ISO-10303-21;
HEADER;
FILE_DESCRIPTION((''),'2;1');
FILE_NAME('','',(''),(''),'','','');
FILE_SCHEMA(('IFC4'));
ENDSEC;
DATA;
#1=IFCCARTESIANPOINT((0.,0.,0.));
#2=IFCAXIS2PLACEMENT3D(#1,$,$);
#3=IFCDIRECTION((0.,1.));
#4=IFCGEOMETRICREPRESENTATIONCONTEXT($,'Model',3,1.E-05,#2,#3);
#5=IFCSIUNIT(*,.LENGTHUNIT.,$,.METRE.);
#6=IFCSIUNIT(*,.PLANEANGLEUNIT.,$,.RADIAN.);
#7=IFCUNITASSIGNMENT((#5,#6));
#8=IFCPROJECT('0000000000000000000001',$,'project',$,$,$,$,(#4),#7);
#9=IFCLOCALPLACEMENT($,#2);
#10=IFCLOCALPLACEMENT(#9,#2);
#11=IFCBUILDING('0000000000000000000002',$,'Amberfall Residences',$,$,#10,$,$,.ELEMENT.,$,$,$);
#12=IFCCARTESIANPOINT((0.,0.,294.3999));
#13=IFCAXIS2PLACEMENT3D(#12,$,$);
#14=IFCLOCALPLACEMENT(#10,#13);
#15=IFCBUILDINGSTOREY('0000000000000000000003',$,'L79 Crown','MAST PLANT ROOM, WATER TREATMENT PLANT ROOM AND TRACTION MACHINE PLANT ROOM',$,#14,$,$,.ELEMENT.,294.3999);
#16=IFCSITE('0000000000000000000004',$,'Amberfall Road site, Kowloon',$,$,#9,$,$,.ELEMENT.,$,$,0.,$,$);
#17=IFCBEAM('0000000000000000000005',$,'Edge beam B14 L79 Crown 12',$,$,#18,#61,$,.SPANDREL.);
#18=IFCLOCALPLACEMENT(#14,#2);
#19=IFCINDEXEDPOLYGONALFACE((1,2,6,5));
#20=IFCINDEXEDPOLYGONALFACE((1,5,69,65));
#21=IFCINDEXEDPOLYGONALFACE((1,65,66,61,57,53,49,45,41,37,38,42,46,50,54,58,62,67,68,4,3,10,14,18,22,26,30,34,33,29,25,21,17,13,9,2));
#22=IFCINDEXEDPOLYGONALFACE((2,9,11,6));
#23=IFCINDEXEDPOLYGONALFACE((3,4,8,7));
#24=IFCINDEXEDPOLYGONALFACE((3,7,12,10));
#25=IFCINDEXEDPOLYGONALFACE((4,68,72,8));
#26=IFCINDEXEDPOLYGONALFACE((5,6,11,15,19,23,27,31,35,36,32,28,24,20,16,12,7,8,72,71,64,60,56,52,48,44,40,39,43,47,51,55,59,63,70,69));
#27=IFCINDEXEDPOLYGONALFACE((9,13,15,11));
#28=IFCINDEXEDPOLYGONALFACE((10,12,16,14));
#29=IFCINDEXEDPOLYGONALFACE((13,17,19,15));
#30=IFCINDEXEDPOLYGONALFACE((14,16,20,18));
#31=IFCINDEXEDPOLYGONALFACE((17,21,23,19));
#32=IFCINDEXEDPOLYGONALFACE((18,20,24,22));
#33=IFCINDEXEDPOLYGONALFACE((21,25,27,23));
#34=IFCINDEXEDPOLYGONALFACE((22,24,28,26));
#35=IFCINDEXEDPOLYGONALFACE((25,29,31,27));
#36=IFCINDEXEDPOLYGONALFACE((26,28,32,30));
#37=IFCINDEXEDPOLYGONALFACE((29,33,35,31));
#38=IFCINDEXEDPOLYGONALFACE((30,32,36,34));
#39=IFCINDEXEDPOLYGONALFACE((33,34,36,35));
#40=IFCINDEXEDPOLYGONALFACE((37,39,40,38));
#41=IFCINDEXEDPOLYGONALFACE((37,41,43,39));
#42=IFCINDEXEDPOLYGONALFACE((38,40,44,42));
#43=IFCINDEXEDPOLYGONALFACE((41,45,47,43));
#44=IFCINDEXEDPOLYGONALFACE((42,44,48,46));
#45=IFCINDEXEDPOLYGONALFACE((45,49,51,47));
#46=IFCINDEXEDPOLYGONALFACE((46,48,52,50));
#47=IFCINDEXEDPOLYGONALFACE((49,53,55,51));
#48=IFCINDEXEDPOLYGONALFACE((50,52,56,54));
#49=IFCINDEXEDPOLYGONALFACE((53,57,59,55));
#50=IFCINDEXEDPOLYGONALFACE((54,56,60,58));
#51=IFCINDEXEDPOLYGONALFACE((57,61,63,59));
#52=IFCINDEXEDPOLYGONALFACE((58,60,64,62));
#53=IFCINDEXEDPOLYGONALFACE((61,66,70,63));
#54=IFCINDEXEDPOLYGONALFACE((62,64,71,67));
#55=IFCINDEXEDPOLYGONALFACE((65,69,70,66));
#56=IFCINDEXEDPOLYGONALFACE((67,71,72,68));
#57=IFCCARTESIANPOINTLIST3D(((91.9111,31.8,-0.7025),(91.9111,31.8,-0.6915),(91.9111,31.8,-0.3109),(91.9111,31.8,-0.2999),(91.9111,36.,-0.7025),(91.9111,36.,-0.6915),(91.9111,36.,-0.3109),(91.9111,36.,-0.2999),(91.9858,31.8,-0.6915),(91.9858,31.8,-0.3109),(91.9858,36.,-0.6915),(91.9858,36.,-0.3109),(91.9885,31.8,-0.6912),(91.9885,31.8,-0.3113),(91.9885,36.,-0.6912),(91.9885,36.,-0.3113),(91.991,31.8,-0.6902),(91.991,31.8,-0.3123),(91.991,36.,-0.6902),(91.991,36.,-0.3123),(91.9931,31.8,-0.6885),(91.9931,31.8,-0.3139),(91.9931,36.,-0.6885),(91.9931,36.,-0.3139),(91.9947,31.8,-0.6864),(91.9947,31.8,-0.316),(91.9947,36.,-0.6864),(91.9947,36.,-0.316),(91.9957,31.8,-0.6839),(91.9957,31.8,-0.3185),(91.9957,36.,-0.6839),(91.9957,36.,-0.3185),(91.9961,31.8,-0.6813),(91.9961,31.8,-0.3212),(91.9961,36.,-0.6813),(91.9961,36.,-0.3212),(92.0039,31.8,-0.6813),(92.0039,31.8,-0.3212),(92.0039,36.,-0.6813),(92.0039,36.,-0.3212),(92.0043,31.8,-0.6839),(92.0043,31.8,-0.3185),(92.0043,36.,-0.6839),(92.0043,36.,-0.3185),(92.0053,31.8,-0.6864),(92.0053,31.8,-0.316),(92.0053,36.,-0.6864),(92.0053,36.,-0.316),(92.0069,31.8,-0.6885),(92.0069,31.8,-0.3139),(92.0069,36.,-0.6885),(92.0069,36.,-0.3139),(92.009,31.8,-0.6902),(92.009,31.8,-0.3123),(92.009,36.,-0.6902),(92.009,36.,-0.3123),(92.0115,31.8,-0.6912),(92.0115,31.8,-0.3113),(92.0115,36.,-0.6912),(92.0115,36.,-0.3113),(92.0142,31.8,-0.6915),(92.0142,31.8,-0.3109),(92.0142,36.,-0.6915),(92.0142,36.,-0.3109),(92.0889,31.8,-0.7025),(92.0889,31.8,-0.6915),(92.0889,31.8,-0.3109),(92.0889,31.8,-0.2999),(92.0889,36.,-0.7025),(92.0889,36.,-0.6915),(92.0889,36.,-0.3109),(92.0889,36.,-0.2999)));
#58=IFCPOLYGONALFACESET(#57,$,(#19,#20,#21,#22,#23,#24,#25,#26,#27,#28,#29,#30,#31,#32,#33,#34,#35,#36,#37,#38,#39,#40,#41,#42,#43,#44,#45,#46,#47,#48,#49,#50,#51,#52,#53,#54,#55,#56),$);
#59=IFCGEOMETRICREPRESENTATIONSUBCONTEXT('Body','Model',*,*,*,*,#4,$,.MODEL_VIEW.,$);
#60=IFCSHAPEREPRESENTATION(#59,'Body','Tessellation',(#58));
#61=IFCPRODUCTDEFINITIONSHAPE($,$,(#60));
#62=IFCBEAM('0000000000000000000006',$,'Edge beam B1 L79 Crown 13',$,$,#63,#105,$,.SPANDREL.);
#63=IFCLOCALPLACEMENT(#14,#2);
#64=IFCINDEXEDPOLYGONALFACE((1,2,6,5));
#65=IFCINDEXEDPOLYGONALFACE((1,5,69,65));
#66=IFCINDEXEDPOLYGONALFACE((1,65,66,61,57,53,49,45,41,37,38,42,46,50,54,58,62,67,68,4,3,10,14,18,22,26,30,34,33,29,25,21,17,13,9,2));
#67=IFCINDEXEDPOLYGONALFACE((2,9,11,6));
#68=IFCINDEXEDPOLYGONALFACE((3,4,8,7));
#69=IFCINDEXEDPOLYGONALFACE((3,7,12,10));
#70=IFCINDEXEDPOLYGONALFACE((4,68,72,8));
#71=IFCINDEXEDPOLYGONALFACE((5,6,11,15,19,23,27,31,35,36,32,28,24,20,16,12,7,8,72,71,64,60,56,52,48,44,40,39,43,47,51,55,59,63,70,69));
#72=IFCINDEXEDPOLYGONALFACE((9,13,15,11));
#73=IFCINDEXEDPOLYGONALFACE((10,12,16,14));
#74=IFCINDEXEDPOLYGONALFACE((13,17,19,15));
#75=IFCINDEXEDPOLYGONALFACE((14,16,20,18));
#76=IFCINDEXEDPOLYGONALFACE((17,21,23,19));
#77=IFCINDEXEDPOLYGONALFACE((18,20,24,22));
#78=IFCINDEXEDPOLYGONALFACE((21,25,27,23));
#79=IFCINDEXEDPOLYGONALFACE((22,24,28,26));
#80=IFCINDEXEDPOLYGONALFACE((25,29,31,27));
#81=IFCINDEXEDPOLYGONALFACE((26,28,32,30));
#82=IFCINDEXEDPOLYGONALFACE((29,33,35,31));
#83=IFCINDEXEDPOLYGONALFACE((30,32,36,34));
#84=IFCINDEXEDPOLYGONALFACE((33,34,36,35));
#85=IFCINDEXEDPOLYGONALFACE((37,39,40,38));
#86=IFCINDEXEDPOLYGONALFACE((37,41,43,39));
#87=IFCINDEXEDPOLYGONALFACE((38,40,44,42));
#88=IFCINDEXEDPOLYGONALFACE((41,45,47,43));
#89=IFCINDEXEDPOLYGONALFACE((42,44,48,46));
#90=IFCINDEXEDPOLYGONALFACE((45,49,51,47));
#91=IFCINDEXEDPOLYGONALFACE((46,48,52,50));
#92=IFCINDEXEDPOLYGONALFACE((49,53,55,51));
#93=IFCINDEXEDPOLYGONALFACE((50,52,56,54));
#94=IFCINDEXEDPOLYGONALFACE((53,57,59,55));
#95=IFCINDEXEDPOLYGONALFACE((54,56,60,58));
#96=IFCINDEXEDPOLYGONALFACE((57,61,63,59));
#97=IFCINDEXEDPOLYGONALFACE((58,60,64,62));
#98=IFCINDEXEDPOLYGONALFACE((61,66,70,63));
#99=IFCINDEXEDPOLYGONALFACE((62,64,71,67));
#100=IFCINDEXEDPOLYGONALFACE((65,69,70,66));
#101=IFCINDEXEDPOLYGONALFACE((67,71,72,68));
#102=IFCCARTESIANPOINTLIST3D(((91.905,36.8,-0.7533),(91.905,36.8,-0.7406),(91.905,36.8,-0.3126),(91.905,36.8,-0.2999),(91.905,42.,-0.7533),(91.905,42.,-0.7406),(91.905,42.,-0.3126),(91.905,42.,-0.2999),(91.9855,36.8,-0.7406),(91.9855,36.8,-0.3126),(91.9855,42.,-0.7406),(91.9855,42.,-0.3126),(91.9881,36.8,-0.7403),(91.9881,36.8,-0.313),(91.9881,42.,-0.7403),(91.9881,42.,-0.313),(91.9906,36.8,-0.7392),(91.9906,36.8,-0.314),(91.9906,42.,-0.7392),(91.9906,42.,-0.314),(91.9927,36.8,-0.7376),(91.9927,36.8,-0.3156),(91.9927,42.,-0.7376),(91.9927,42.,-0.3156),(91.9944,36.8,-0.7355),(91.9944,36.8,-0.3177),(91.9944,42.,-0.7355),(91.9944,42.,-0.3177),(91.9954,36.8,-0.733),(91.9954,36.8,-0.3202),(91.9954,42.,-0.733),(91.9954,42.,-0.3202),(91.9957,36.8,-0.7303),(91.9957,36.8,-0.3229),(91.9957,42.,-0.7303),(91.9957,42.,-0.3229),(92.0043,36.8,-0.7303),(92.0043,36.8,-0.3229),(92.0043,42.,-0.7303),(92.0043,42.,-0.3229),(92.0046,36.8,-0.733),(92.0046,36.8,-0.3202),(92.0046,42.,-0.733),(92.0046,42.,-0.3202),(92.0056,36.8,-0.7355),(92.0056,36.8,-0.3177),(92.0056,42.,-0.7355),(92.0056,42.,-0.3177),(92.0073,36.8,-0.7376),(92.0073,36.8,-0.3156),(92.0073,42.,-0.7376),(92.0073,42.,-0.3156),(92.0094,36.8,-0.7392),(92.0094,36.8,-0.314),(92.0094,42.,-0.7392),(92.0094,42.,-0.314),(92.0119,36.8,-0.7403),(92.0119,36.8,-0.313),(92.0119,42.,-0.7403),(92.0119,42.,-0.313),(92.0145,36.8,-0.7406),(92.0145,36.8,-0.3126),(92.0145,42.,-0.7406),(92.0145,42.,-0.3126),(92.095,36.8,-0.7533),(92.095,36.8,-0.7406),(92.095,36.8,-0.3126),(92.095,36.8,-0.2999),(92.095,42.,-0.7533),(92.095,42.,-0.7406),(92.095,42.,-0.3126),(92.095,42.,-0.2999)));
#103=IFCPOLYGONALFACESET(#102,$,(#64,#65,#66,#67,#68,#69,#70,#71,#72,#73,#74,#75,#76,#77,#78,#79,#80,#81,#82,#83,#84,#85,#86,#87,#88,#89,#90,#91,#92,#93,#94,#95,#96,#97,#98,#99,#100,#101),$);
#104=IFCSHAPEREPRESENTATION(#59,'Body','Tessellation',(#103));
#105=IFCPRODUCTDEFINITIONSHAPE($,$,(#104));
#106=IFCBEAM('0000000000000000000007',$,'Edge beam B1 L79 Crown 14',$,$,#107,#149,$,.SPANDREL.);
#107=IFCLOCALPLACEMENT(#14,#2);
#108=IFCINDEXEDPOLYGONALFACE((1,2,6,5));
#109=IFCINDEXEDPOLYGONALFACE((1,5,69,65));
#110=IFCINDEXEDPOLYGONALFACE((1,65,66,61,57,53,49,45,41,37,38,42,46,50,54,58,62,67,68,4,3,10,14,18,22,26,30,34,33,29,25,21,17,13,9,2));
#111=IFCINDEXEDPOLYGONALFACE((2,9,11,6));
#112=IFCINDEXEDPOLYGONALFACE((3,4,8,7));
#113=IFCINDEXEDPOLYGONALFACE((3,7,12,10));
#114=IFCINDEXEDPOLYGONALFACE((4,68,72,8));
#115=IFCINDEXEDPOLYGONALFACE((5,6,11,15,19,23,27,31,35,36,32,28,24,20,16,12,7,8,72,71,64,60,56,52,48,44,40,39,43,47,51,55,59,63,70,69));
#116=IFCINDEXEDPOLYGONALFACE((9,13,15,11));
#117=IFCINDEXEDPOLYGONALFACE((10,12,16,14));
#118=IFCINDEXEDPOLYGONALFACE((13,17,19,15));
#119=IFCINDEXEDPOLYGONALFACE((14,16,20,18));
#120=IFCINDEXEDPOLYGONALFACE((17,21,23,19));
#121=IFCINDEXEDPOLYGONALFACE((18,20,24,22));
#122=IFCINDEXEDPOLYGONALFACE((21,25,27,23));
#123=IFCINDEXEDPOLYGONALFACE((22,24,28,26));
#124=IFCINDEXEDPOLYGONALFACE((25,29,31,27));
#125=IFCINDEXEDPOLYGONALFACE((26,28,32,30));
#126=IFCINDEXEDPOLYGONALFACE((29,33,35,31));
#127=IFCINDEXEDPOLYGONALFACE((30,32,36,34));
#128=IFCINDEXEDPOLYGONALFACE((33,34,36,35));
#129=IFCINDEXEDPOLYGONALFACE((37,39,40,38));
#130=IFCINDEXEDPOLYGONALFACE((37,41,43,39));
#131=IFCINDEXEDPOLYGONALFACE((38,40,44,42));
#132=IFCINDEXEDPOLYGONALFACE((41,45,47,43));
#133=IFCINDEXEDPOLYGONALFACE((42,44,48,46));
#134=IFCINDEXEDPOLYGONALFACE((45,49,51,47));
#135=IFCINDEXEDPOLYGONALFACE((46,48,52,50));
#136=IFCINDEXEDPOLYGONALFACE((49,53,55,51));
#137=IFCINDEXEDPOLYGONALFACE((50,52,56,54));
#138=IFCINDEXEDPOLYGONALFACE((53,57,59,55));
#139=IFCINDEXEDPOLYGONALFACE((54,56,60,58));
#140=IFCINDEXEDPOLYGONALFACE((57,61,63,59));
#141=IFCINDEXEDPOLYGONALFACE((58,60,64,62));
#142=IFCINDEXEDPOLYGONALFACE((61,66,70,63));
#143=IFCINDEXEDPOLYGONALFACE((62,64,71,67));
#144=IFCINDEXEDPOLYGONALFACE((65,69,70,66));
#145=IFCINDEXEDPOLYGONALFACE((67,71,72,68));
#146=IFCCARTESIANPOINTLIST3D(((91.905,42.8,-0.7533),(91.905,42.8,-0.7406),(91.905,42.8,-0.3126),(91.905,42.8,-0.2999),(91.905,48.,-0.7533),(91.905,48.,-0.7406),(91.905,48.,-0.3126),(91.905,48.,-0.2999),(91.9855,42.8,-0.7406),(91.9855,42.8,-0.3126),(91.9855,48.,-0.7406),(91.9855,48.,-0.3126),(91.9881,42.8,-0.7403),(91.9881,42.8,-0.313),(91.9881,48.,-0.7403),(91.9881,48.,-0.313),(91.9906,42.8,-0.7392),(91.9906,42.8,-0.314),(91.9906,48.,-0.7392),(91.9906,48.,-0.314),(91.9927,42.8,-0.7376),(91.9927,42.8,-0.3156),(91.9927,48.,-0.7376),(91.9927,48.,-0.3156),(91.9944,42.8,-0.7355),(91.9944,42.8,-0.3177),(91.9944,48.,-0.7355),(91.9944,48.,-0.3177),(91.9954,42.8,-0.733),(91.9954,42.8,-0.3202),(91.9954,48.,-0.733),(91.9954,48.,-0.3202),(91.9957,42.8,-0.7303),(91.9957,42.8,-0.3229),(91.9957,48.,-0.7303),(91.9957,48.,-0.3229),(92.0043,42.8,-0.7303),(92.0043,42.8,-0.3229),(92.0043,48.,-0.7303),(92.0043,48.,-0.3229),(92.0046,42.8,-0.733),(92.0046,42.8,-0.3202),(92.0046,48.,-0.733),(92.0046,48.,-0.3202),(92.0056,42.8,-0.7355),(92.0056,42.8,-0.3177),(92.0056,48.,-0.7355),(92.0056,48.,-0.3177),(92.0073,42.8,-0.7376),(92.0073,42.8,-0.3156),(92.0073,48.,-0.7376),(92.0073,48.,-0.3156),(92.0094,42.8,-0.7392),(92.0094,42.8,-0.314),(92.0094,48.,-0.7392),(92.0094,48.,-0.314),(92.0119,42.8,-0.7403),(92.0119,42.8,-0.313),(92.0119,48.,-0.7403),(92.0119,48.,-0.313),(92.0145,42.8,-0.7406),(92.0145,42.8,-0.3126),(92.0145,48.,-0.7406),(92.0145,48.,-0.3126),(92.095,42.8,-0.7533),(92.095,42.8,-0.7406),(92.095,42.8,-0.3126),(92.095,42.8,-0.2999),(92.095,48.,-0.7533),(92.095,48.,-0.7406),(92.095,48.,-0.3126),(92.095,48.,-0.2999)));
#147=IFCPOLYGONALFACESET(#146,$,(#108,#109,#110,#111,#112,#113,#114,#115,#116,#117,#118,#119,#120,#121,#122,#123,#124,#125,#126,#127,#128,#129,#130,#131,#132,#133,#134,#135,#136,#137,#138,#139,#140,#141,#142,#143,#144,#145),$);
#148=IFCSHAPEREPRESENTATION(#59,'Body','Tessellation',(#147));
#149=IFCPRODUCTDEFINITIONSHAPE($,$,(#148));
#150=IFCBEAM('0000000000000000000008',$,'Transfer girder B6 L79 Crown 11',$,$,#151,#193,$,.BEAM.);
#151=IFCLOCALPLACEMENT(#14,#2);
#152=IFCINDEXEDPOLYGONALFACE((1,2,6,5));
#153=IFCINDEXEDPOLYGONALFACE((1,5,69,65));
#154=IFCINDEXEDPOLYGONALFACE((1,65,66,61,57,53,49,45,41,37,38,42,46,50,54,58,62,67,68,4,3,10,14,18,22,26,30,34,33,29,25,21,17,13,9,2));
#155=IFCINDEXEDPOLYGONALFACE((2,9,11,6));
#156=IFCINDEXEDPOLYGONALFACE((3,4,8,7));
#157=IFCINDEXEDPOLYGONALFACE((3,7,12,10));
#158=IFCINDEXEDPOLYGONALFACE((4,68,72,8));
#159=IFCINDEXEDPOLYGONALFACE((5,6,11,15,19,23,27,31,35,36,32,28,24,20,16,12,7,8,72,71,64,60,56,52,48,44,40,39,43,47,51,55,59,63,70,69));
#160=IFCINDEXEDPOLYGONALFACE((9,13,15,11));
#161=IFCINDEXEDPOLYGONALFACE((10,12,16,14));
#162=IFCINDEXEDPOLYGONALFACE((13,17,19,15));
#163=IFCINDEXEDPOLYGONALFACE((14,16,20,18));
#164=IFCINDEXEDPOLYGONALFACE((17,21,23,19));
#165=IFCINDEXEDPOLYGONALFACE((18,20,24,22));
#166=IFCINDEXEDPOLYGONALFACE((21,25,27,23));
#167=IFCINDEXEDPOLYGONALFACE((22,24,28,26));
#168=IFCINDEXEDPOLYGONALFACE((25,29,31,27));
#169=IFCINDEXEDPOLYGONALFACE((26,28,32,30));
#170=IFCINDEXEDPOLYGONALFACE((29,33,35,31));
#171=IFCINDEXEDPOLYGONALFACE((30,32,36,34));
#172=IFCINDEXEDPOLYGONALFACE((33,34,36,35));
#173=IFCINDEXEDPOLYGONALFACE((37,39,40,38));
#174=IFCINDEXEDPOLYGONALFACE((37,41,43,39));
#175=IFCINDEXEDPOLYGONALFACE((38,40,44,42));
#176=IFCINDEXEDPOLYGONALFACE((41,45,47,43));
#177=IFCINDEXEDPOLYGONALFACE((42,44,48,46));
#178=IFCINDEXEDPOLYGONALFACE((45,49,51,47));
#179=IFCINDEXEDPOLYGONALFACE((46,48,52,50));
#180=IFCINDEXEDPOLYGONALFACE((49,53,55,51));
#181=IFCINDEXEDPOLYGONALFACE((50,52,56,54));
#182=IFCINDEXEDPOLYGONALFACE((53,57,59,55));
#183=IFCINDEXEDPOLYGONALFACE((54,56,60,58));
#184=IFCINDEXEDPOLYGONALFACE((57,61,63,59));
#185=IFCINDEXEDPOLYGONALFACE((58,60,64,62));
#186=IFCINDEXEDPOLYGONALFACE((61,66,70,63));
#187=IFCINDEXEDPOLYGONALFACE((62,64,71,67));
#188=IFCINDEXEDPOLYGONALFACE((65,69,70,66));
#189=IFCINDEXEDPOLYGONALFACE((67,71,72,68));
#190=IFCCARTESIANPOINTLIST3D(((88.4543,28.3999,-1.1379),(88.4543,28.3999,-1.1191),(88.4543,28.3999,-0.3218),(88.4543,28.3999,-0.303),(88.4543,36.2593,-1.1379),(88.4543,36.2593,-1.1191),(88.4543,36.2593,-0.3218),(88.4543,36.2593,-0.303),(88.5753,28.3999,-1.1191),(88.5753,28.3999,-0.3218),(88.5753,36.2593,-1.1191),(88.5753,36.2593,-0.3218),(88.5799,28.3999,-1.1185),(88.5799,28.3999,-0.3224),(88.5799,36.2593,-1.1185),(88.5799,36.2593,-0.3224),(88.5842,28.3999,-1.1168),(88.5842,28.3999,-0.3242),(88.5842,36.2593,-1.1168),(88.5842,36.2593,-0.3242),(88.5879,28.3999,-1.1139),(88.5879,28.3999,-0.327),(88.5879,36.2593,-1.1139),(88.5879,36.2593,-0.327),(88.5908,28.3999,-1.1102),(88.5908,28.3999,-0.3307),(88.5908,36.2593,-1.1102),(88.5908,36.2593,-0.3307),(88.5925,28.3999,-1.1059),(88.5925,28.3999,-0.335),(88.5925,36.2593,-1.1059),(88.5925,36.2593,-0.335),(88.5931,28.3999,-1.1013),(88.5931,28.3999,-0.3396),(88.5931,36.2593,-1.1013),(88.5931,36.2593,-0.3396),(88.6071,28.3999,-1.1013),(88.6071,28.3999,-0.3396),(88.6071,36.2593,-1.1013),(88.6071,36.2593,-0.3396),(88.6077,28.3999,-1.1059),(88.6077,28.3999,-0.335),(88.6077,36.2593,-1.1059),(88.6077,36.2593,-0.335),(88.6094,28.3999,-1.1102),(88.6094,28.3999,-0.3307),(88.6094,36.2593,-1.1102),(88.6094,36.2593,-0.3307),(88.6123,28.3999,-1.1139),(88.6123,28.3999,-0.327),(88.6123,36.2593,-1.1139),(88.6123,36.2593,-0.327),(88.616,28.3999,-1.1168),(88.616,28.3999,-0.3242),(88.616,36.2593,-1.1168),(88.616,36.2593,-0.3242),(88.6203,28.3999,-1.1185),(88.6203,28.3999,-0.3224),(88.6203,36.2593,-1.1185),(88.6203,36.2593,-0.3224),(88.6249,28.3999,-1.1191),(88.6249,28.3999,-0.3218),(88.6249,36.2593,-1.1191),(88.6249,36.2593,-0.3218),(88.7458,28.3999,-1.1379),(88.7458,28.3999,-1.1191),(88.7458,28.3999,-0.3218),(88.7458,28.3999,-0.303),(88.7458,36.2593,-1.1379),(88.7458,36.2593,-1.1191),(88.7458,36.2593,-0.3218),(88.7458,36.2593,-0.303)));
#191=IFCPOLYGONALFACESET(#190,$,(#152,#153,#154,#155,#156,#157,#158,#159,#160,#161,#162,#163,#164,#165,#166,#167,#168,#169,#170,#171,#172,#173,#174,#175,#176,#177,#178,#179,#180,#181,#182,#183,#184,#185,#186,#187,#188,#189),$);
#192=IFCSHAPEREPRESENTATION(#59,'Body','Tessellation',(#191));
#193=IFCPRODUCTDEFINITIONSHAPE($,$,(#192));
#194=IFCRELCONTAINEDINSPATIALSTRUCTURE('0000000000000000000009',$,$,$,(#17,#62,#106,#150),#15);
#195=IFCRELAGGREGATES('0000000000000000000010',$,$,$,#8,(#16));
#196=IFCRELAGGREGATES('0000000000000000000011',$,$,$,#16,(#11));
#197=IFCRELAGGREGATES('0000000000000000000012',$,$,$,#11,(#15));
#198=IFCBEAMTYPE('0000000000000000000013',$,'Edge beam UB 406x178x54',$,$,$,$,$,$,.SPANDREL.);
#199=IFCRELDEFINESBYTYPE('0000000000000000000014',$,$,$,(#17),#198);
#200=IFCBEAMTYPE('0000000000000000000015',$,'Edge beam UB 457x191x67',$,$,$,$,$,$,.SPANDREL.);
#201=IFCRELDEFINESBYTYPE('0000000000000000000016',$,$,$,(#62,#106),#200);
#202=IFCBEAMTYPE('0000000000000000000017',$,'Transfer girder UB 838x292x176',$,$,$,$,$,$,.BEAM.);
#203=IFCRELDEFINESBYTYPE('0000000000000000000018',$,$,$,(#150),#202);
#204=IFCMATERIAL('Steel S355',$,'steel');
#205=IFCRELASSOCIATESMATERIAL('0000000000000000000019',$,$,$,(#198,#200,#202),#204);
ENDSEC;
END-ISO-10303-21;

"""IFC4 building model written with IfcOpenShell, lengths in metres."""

from ifc_helpers import new_model, si_unit, direction, frame, origin, origin_2d, place, context, subcontext, project, spatial, i_section, extrude, material, material_profile, profile_set, type_object, element, save


model = new_model("IFC4")

# Units and contexts
model_context = context("Model", 3, precision=1e-05, world=origin(), true_north=direction((0.0, 1.0)))
body_context = subcontext(model_context, "Body", "Model", "MODEL_VIEW")
ifc_project = project(units=[si_unit("LENGTHUNIT", "METRE"), si_unit("PLANEANGLEUNIT", "RADIAN")], contexts=[model_context])

# Site, building, storey
site_placement = place(None, origin())
site = spatial("IfcSite", under=ifc_project, at=site_placement, Name="Amberfall Road site, Kowloon", CompositionType="ELEMENT", RefElevation=0.0)
building_placement = place(site_placement, origin())
building = spatial("IfcBuilding", under=site, at=building_placement, Name="Amberfall Residences", CompositionType="ELEMENT")
storey_placement = place(building_placement, frame((0.0, 0.0, 294.3999)))
storey = spatial("IfcBuildingStorey", under=building, at=storey_placement, Name="L79 Crown", Description="MAST PLANT ROOM, WATER TREATMENT PLANT ROOM AND TRACTION MACHINE PLANT ROOM", CompositionType="ELEMENT", Elevation=294.3999)

# Beams
ifc_material_1 = material(Name="Steel S355", Category="steel")
ifc_material_profile_1 = material_profile(ifc_material_1, i_section(OverallWidth=0.1777, OverallDepth=0.4026, WebThickness=0.0078, FlangeThickness=0.011, FilletRadius=0.0103, at=origin_2d()), Name="UB 406x178x54")
ifc_profile_set_1 = profile_set([ifc_material_profile_1], Name="Steel S355")
beam_type_1 = type_object("IfcBeamType", Name="Edge beam UB 406x178x54", PredefinedType="SPANDREL", material=ifc_profile_set_1)
for number, where, z_axis, x_axis, name in (
    (1, (92.0, 31.8, -0.5012), (0.0, 1.0, 0.0), (-1.0, 0.0, 0.0), "Edge beam B14 L79 Crown 12"),
):
    element("IfcBeam", number, at=place(storey_placement, frame(where, z_axis=z_axis, x_axis=x_axis)), inside=storey, type_object=beam_type_1, Name=name, PredefinedType="SPANDREL", context=body_context, shape_type="SweptSolid", body=[
        extrude(i_section(OverallWidth=0.1777, OverallDepth=0.4026, WebThickness=0.0078, FlangeThickness=0.011, FilletRadius=0.0103, at=origin_2d()), origin(), (0.0, 0.0, 1.0), 4.2),
    ])
ifc_material_profile_2 = material_profile(ifc_material_1, i_section(OverallWidth=0.1899, OverallDepth=0.4534, WebThickness=0.0085, FlangeThickness=0.0127, FilletRadius=0.0103, at=origin_2d()), Name="UB 457x191x67")
ifc_profile_set_2 = profile_set([ifc_material_profile_2], Name="Steel S355")
beam_type_2 = type_object("IfcBeamType", Name="Edge beam UB 457x191x67", PredefinedType="SPANDREL", material=ifc_profile_set_2)
for number, where, z_axis, x_axis, name in (
    (2, (92.0, 36.8, -0.5266), (0.0, 1.0, 0.0), (-1.0, 0.0, 0.0), "Edge beam B1 L79 Crown 13"),
    (3, (92.0, 42.8, -0.5266), (0.0, 1.0, 0.0), (-1.0, 0.0, 0.0), "Edge beam B1 L79 Crown 14"),
):
    element("IfcBeam", number, at=place(storey_placement, frame(where, z_axis=z_axis, x_axis=x_axis)), inside=storey, type_object=beam_type_2, Name=name, PredefinedType="SPANDREL", context=body_context, shape_type="SweptSolid", body=[
        extrude(i_section(OverallWidth=0.1899, OverallDepth=0.4534, WebThickness=0.0085, FlangeThickness=0.0127, FilletRadius=0.0103, at=origin_2d()), origin(), (0.0, 0.0, 1.0), 5.2),
    ])
ifc_material_profile_3 = material_profile(ifc_material_1, i_section(OverallWidth=0.2915, OverallDepth=0.835, WebThickness=0.0139, FlangeThickness=0.0188, FilletRadius=0.0178, at=origin_2d()), Name="UB 838x292x176")
ifc_profile_set_3 = profile_set([ifc_material_profile_3], Name="Steel S355")
beam_type_3 = type_object("IfcBeamType", Name="Transfer girder UB 838x292x176", PredefinedType="BEAM", material=ifc_profile_set_3)
beam_1_placement = place(storey_placement, frame((88.6001, 28.3999, -0.7205), z_axis=(0.0, 1.0, 0.0), x_axis=(-1.0, 0.0, 0.0)))
element("IfcBeam", 4, at=beam_1_placement, inside=storey, type_object=beam_type_3, Name="Transfer girder B6 L79 Crown 11", PredefinedType="BEAM", context=body_context, shape_type="SweptSolid", body=[
    extrude(i_section(OverallWidth=0.2915, OverallDepth=0.835, WebThickness=0.0139, FlangeThickness=0.0188, FilletRadius=0.0178, at=origin_2d()), origin(), (0.0, 0.0, 1.0), 7.8594),
])

save(model, "model.ifc")
